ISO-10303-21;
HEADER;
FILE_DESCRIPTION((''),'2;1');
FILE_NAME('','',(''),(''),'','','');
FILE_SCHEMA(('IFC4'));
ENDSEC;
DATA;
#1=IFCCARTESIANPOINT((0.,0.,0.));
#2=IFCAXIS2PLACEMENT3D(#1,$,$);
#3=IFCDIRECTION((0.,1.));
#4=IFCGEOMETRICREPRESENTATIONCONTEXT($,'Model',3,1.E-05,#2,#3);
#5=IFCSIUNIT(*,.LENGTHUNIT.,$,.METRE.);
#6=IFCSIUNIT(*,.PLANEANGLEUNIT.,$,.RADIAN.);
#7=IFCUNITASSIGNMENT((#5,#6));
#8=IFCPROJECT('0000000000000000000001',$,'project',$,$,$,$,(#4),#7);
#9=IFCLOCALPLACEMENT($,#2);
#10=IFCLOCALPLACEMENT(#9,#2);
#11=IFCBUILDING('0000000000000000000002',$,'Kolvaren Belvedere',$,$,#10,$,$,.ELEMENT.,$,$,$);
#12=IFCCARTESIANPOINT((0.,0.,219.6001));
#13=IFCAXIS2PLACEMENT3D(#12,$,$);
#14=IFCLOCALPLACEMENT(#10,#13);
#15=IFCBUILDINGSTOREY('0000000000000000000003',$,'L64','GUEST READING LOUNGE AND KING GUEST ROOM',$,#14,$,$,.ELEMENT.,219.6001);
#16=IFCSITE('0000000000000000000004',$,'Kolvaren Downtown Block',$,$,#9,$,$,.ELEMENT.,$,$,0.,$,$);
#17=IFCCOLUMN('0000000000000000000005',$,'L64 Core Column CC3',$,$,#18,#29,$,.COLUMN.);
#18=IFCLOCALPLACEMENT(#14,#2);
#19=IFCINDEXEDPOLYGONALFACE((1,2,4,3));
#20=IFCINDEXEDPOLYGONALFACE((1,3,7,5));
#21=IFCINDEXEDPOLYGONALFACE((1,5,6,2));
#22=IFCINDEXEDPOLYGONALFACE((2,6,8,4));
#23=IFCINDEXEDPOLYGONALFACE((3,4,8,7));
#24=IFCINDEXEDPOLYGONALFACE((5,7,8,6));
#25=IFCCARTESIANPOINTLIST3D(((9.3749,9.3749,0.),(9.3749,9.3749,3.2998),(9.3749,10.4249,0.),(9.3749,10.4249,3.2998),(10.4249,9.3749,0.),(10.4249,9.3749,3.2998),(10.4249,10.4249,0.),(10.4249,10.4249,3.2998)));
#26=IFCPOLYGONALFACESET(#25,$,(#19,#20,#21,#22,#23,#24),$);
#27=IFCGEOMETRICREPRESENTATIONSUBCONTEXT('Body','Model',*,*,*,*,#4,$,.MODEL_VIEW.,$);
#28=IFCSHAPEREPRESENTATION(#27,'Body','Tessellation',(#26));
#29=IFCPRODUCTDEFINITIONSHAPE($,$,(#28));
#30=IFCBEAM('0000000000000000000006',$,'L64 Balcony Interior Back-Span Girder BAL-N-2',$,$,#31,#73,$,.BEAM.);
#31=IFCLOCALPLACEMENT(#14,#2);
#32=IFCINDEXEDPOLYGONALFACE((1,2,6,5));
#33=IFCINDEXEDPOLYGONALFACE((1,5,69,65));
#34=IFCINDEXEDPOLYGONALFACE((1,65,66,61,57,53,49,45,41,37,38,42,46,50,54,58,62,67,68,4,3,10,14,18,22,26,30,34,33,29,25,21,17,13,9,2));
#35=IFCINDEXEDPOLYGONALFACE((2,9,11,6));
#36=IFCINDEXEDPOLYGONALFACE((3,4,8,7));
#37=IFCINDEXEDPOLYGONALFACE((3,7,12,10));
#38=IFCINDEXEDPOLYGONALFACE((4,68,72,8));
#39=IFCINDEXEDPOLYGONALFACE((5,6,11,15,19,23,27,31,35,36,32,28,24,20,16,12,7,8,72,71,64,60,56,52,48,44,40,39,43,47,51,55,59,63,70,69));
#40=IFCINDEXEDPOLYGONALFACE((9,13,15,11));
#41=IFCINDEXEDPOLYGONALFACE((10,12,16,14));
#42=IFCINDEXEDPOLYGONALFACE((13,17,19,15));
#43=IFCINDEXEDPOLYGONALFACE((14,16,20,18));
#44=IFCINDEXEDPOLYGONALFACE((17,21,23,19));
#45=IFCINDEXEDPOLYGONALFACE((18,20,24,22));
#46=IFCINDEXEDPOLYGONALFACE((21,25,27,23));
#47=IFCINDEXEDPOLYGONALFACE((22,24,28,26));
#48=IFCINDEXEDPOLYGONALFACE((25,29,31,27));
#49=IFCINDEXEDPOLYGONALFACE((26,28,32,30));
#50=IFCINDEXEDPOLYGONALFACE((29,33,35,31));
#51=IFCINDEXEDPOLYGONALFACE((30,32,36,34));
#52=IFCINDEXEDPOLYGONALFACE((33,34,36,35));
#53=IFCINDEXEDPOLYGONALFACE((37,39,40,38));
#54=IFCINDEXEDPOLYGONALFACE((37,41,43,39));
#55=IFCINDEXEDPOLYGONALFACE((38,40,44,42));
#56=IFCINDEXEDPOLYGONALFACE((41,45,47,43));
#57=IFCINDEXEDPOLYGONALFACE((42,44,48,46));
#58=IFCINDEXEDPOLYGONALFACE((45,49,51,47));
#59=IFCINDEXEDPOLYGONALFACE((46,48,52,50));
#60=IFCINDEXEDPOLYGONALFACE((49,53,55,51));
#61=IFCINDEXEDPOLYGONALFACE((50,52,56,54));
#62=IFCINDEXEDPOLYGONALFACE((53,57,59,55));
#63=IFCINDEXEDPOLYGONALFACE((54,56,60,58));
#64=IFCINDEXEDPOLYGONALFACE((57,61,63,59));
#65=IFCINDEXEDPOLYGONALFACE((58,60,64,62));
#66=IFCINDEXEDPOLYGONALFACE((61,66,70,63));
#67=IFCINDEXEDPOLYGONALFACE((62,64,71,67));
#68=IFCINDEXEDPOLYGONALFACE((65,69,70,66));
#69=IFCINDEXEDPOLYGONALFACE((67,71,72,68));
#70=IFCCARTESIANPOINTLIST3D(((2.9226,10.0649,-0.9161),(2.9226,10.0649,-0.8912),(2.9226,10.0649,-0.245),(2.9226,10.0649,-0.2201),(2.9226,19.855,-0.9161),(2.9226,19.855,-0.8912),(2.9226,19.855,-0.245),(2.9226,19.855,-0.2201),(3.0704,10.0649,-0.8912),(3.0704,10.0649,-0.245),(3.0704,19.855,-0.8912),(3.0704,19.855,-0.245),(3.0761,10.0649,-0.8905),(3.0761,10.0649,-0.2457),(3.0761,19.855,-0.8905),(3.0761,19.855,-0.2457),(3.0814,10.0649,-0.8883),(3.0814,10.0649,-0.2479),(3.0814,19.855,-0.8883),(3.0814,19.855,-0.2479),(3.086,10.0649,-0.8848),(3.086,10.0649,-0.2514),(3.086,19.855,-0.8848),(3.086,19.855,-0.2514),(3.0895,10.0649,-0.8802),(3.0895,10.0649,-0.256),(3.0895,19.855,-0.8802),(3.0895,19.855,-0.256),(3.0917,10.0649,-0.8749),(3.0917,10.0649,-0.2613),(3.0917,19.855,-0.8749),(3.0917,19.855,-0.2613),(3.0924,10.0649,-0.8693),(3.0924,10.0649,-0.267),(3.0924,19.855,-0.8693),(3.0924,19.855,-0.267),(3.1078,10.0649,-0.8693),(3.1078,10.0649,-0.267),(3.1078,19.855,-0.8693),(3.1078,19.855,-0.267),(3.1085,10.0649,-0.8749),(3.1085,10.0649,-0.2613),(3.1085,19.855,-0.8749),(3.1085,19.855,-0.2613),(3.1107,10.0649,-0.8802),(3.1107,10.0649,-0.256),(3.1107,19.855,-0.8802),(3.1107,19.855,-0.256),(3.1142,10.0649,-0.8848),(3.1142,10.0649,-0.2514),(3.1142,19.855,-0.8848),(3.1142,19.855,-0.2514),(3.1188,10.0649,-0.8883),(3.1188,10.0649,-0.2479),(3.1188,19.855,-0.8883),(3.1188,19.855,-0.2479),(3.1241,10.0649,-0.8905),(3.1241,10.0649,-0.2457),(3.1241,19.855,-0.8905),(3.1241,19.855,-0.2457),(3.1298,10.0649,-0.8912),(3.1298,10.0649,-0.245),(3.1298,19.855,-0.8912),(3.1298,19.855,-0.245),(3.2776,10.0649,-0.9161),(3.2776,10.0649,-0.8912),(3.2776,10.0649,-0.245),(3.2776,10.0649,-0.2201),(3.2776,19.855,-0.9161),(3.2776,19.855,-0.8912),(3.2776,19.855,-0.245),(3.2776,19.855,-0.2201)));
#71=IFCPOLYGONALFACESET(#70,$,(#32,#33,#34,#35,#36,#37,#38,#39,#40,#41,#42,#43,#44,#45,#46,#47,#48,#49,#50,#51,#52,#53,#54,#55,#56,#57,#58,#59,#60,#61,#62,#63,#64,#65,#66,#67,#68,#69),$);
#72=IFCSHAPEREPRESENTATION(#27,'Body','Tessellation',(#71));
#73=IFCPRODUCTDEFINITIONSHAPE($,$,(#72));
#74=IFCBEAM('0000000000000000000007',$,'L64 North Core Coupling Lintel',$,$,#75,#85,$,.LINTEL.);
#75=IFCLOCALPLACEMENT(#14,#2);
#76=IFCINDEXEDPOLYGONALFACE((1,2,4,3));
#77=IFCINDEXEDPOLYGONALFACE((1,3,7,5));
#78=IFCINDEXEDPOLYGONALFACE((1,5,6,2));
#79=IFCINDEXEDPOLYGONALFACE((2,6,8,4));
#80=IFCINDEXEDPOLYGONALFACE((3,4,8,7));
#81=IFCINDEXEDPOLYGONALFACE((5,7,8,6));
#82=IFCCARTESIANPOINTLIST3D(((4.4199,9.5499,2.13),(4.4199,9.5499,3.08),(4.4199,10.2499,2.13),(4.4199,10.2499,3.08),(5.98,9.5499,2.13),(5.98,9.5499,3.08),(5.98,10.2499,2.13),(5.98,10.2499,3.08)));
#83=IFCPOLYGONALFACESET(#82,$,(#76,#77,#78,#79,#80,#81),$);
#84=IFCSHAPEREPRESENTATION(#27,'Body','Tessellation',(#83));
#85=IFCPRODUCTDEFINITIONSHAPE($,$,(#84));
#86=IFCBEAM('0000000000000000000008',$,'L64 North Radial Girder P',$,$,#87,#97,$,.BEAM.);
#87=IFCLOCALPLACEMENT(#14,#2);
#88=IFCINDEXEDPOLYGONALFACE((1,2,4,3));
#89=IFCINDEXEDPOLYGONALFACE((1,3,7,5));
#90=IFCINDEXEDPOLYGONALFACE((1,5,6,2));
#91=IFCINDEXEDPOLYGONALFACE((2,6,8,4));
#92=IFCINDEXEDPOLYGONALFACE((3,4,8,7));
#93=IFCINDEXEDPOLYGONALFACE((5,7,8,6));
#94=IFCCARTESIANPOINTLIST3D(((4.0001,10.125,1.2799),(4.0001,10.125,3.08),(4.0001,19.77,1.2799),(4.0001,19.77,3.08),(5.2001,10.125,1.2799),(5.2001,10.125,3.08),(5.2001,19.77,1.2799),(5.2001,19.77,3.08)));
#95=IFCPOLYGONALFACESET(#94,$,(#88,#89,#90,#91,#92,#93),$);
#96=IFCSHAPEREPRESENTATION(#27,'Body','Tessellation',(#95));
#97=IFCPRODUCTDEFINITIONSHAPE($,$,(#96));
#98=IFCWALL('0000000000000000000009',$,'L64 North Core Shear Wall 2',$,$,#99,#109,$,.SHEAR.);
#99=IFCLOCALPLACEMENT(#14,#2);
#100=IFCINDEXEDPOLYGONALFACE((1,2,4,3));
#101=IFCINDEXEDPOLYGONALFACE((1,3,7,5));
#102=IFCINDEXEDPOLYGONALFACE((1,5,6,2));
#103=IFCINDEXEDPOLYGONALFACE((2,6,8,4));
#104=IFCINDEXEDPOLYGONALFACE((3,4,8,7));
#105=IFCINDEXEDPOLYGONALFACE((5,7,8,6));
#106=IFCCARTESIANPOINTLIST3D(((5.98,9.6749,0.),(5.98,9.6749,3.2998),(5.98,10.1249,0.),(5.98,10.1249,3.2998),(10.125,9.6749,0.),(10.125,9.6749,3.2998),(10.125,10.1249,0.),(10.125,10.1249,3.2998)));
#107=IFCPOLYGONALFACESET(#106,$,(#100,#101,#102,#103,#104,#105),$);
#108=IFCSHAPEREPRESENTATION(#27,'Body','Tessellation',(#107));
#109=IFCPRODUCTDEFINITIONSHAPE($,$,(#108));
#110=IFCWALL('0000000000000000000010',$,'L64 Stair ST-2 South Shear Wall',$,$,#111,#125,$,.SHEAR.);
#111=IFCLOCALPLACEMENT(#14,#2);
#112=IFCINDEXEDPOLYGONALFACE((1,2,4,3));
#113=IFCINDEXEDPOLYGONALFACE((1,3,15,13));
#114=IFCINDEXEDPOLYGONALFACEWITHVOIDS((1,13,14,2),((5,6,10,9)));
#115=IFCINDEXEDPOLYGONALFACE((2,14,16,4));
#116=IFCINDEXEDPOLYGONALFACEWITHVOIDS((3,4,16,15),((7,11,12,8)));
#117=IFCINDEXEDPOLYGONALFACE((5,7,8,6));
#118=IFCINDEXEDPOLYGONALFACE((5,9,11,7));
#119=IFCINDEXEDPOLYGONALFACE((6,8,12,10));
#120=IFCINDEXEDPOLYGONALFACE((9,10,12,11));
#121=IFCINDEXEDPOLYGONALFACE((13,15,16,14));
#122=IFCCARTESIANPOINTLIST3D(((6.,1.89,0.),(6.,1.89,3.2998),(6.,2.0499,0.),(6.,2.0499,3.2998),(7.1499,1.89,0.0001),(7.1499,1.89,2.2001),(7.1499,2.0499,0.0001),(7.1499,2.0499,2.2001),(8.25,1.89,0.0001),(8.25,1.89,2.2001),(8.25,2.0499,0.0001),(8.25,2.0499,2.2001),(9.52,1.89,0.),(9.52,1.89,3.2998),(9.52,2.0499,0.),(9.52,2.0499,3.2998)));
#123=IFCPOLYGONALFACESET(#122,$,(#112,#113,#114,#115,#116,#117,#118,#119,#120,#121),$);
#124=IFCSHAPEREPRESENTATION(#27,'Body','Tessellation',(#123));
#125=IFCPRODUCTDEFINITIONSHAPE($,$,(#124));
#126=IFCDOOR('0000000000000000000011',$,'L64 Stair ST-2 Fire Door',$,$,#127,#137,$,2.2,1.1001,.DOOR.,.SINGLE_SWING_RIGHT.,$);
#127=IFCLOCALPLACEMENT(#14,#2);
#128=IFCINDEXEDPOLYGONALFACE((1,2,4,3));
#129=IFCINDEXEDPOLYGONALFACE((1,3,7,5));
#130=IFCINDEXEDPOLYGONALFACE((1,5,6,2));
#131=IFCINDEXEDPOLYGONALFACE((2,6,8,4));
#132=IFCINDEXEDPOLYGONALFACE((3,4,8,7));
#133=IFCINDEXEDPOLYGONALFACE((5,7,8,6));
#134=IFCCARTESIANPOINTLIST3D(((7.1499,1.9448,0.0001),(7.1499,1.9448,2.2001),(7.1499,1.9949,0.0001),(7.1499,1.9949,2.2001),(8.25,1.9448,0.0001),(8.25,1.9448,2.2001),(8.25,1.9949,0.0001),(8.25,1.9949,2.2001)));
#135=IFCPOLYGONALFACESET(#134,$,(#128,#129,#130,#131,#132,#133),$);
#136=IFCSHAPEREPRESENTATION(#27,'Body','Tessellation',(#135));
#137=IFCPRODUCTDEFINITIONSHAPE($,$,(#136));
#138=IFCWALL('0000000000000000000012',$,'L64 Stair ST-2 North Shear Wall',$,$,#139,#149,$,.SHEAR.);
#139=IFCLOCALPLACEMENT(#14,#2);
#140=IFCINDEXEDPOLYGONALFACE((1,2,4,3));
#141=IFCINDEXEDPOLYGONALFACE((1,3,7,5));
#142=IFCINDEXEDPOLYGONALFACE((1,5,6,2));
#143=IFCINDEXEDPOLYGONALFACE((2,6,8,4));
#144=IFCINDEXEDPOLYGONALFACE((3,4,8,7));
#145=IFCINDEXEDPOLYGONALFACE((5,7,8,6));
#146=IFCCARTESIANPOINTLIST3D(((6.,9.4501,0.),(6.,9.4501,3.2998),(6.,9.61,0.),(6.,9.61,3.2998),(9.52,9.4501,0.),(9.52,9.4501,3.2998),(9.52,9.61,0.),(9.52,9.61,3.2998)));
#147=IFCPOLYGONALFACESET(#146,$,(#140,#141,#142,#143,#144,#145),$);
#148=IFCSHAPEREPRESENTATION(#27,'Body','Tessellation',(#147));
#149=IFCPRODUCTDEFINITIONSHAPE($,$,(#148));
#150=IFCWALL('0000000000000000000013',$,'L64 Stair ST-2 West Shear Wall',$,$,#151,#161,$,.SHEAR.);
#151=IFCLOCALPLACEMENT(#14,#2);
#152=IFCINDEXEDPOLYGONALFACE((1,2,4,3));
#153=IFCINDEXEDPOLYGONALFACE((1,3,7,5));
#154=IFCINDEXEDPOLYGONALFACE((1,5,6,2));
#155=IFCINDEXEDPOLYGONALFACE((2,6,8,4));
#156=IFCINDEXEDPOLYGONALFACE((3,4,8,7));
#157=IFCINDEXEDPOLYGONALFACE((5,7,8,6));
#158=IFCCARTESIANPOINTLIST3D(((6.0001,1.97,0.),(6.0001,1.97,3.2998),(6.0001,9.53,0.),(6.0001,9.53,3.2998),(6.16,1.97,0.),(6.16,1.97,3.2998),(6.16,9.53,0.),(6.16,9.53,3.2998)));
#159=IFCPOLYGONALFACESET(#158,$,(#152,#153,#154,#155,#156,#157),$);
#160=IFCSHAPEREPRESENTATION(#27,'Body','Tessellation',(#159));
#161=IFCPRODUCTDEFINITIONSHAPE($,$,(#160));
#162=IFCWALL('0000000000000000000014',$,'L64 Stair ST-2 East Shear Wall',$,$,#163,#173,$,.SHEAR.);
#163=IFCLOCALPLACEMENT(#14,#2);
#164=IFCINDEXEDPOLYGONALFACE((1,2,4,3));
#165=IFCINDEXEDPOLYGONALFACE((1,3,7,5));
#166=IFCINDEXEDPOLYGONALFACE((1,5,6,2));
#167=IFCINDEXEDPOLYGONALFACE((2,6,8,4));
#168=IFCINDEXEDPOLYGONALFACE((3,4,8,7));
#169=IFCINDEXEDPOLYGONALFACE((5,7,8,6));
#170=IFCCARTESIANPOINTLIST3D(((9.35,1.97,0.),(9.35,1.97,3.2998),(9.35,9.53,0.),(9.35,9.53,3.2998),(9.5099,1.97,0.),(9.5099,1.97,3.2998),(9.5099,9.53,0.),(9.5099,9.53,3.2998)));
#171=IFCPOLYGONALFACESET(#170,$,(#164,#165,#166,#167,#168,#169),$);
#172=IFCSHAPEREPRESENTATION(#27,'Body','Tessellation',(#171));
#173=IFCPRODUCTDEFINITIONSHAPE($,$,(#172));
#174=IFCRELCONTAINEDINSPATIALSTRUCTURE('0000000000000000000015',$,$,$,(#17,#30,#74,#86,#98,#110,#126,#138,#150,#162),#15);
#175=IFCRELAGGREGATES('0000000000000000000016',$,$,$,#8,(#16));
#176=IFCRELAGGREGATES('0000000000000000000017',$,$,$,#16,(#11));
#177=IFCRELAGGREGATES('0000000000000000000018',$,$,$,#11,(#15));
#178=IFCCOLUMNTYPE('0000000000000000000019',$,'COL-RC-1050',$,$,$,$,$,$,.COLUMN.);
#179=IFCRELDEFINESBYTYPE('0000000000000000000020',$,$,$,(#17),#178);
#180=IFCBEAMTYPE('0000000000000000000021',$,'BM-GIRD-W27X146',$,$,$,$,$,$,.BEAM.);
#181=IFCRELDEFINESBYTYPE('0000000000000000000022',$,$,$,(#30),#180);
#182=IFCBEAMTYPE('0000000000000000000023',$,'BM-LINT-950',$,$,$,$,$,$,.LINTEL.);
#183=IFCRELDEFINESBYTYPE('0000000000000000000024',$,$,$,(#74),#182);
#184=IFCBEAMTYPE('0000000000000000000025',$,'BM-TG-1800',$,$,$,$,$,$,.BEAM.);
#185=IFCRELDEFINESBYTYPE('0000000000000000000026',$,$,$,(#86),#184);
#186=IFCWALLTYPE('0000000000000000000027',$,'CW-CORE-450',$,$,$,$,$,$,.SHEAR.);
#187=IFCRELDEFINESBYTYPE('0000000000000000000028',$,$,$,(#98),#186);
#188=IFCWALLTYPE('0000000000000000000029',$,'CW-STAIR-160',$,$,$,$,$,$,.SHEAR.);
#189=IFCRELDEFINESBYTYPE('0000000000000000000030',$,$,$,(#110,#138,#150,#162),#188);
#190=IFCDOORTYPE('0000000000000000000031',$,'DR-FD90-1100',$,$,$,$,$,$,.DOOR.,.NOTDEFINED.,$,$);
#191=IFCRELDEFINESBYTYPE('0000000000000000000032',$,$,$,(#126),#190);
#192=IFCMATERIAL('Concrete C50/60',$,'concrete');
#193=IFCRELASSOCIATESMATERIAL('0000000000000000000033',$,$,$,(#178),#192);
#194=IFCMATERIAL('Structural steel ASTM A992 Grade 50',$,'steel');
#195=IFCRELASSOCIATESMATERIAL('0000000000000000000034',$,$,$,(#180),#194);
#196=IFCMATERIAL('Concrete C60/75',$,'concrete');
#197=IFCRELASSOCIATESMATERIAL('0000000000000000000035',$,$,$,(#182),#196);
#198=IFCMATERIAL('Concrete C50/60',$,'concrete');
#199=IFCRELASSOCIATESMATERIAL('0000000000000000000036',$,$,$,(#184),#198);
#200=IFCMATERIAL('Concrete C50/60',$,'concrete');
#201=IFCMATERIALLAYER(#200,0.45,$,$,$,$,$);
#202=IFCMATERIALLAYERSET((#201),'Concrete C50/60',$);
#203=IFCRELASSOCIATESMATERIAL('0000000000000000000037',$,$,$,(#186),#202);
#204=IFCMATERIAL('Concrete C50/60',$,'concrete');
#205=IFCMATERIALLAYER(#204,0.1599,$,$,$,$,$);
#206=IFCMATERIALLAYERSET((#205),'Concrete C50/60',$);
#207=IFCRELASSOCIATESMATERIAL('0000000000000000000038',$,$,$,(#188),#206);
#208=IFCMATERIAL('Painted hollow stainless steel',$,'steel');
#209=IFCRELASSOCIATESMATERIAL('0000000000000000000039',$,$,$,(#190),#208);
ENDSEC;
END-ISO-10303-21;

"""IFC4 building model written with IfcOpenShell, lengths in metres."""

from ifc_helpers import new_model, si_unit, direction, frame, frame_2d, origin, origin_2d, place, context, subcontext, project, spatial, rectangle, i_section, extrude, material, layer, layer_set, material_profile, profile_set, type_object, element, fill, save


model = new_model("IFC4")

# Units and contexts
model_context = context("Model", 3, precision=1e-05, world=origin(), true_north=direction((0.0, 1.0)))
body_context = subcontext(model_context, "Body", "Model", "MODEL_VIEW")
ifc_project = project(units=[si_unit("LENGTHUNIT", "METRE"), si_unit("PLANEANGLEUNIT", "RADIAN")], contexts=[model_context])

# Site, building, storey
site_placement = place(None, origin())
site = spatial("IfcSite", under=ifc_project, at=site_placement, Name="Kolvaren Downtown Block", CompositionType="ELEMENT", RefElevation=0.0)
building_placement = place(site_placement, origin())
building = spatial("IfcBuilding", under=site, at=building_placement, Name="Kolvaren Belvedere", CompositionType="ELEMENT")
storey_placement = place(building_placement, frame((0.0, 0.0, 219.6001)))
storey = spatial("IfcBuildingStorey", under=building, at=storey_placement, Name="L64", Description="GUEST READING LOUNGE AND KING GUEST ROOM", CompositionType="ELEMENT", Elevation=219.6001)

# Column
ifc_material_1 = material(Name="Concrete C50/60", Category="concrete")
ifc_material_profile_1 = material_profile(ifc_material_1, rectangle(XDim=1.05, YDim=1.05, at=origin_2d()), Name="RC 1050X1050")
ifc_profile_set_1 = profile_set([ifc_material_profile_1], Name="Concrete C50/60")
column_type = type_object("IfcColumnType", Name="COL-RC-1050", PredefinedType="COLUMN", material=ifc_profile_set_1)
column_placement = place(storey_placement, frame((9.8999, 9.8999, 0.0), z_axis=(0.0, 0.0, 1.0), x_axis=(1.0, 0.0, 0.0)))
element("IfcColumn", 1, at=column_placement, inside=storey, type_object=column_type, Name="L64 Core Column CC3", PredefinedType="COLUMN", context=body_context, shape_type="SweptSolid", body=[
    extrude(rectangle(XDim=1.05, YDim=1.05, at=origin_2d()), origin(), (0.0, 0.0, 1.0), 3.2998),
])

# Beams
ifc_material_2 = material(Name="Structural steel ASTM A992 Grade 50", Category="steel")
ifc_material_profile_2 = material_profile(ifc_material_2, i_section(OverallWidth=0.355, OverallDepth=0.696, WebThickness=0.0154, FlangeThickness=0.0249, FilletRadius=0.022, at=origin_2d()), Name="W27X146")
ifc_profile_set_2 = profile_set([ifc_material_profile_2], Name="Structural steel ASTM A992 Grade 50")
beam_type_1 = type_object("IfcBeamType", Name="BM-GIRD-W27X146", PredefinedType="BEAM", material=ifc_profile_set_2)
beam_1_placement = place(storey_placement, frame((3.1001, 10.0649, -0.5681), z_axis=(0.0, 1.0, 0.0), x_axis=(-1.0, 0.0, 0.0)))
element("IfcBeam", 2, at=beam_1_placement, inside=storey, type_object=beam_type_1, Name="L64 Balcony Interior Back-Span Girder BAL-N-2", PredefinedType="BEAM", context=body_context, shape_type="SweptSolid", body=[
    extrude(i_section(OverallWidth=0.355, OverallDepth=0.696, WebThickness=0.0154, FlangeThickness=0.0249, FilletRadius=0.022, at=origin_2d()), origin(), (0.0, 0.0, 1.0), 9.79),
])
ifc_material_3 = material(Name="Concrete C60/75", Category="concrete")
ifc_material_profile_3 = material_profile(ifc_material_3, rectangle(XDim=0.7, YDim=0.95, at=origin_2d()), Name="RC 700X950")
ifc_profile_set_3 = profile_set([ifc_material_profile_3], Name="Concrete C60/75")
beam_type_2 = type_object("IfcBeamType", Name="BM-LINT-950", PredefinedType="LINTEL", material=ifc_profile_set_3)
beam_2_placement = place(storey_placement, frame((4.4199, 9.8999, 2.605), z_axis=(1.0, 0.0, 0.0), x_axis=(0.0, 1.0, 0.0)))
element("IfcBeam", 3, at=beam_2_placement, inside=storey, type_object=beam_type_2, Name="L64 North Core Coupling Lintel", PredefinedType="LINTEL", context=body_context, shape_type="SweptSolid", body=[
    extrude(rectangle(XDim=0.7, YDim=0.95, at=origin_2d()), origin(), (0.0, 0.0, 1.0), 1.5601),
])
ifc_material_4 = material(Name="Concrete C50/60", Category="concrete")
ifc_material_profile_4 = material_profile(ifc_material_4, rectangle(XDim=1.2, YDim=1.8, at=origin_2d()), Name="RC 1200X1800")
ifc_profile_set_4 = profile_set([ifc_material_profile_4], Name="Concrete C50/60")
beam_type_3 = type_object("IfcBeamType", Name="BM-TG-1800", PredefinedType="BEAM", material=ifc_profile_set_4)
beam_3_placement = place(storey_placement, frame((4.6001, 10.125, 2.1799), z_axis=(0.0, 1.0, 0.0), x_axis=(-1.0, 0.0, 0.0)))
element("IfcBeam", 4, at=beam_3_placement, inside=storey, type_object=beam_type_3, Name="L64 North Radial Girder P", PredefinedType="BEAM", context=body_context, shape_type="SweptSolid", body=[
    extrude(rectangle(XDim=1.2, YDim=1.8, at=origin_2d()), origin(), (0.0, 0.0, 1.0), 9.645),
])

# Wall
ifc_material_5 = material(Name="Concrete C50/60", Category="concrete")
ifc_layer_1 = layer(ifc_material_5, 0.45)
ifc_layer_set_1 = layer_set([ifc_layer_1], Name="Concrete C50/60")
wall_type_1 = type_object("IfcWallType", Name="CW-CORE-450", PredefinedType="SHEAR", material=ifc_layer_set_1)
wall_1_placement = place(storey_placement, frame((5.98, 9.8999, 0.0), z_axis=(0.0, 0.0, 1.0), x_axis=(1.0, 0.0, 0.0)))
element("IfcWall", 5, at=wall_1_placement, inside=storey, type_object=wall_type_1, Name="L64 North Core Shear Wall 2", PredefinedType="SHEAR", context=body_context, shape_type="SweptSolid", body=[
    extrude(rectangle(XDim=4.145, YDim=0.45, at=frame_2d((2.0725, 0.0))), origin(), (0.0, 0.0, 1.0), 3.2998),
])

# Wall, opening, door
ifc_material_6 = material(Name="Concrete C50/60", Category="concrete")
ifc_layer_2 = layer(ifc_material_6, 0.1599)
ifc_layer_set_2 = layer_set([ifc_layer_2], Name="Concrete C50/60")
wall_type_2 = type_object("IfcWallType", Name="CW-STAIR-160", PredefinedType="SHEAR", material=ifc_layer_set_2)
wall_2_placement = place(storey_placement, frame((6.0, 1.97, 0.0), z_axis=(0.0, 0.0, 1.0), x_axis=(1.0, 0.0, 0.0)))
wall_2 = element("IfcWall", 6, at=wall_2_placement, inside=storey, type_object=wall_type_2, Name="L64 Stair ST-2 South Shear Wall", PredefinedType="SHEAR", context=body_context, shape_type="SweptSolid", body=[
    extrude(rectangle(XDim=3.52, YDim=0.1599, at=frame_2d((1.76, 0.0))), origin(), (0.0, 0.0, 1.0), 3.2998),
])
opening_1_placement = place(wall_2_placement, frame((1.1499, 0.0, 0.0)))
opening_1 = element("IfcOpeningElement", 7, at=opening_1_placement, cuts=wall_2, PredefinedType="OPENING", context=body_context, shape_type="SweptSolid", body=[
    extrude(rectangle(XDim=1.1001, YDim=2.2, at=frame_2d((0.55, 1.1001))), frame((0.0, 0.0898, 0.0), z_axis=(0.0, -1.0, 0.0), x_axis=(1.0, 0.0, 0.0)), (0.0, 0.0, 1.0), 0.1799),
])
ifc_material_7 = material(Name="Painted hollow stainless steel", Category="steel")
door_type_1 = type_object("IfcDoorType", Name="DR-FD90-1100", OperationType="NOTDEFINED", PredefinedType="DOOR", material=ifc_material_7)
door_1_placement = place(opening_1_placement, origin())
door_1 = element("IfcDoor", 8, at=door_1_placement, inside=storey, type_object=door_type_1, Name="L64 Stair ST-2 Fire Door", OperationType="SINGLE_SWING_RIGHT", OverallHeight=2.2, OverallWidth=1.1001, PredefinedType="DOOR", context=body_context, shape_type="SweptSolid", body=[
    extrude(rectangle(XDim=1.1001, YDim=2.2, at=frame_2d((0.55, 1.1001))), frame((0.0, 0.0249, 0.0), z_axis=(0.0, -1.0, 0.0), x_axis=(1.0, 0.0, 0.0)), (0.0, 0.0, 1.0), 0.05),
])
fill(opening_1, door_1)

# Walls
wall_3_placement = place(storey_placement, frame((6.0, 9.53, 0.0), z_axis=(0.0, 0.0, 1.0), x_axis=(1.0, 0.0, 0.0)))
element("IfcWall", 9, at=wall_3_placement, inside=storey, type_object=wall_type_2, Name="L64 Stair ST-2 North Shear Wall", PredefinedType="SHEAR", context=body_context, shape_type="SweptSolid", body=[
    extrude(rectangle(XDim=3.52, YDim=0.1599, at=frame_2d((1.76, 0.0))), origin(), (0.0, 0.0, 1.0), 3.2998),
])
for number, where, z_axis, x_axis, name in (
    (10, (6.0801, 1.97, 0.0), (0.0, 0.0, 1.0), (0.0, 1.0, 0.0), "L64 Stair ST-2 West Shear Wall"),
    (11, (9.4299, 1.97, 0.0), (0.0, 0.0, 1.0), (0.0, 1.0, 0.0), "L64 Stair ST-2 East Shear Wall"),
):
    element("IfcWall", number, at=place(storey_placement, frame(where, z_axis=z_axis, x_axis=x_axis)), inside=storey, type_object=wall_type_2, Name=name, PredefinedType="SHEAR", context=body_context, shape_type="SweptSolid", body=[
        extrude(rectangle(XDim=7.5601, YDim=0.1599, at=frame_2d((3.78, 0.0))), origin(), (0.0, 0.0, 1.0), 3.2998),
    ])

save(model, "model.ifc")
